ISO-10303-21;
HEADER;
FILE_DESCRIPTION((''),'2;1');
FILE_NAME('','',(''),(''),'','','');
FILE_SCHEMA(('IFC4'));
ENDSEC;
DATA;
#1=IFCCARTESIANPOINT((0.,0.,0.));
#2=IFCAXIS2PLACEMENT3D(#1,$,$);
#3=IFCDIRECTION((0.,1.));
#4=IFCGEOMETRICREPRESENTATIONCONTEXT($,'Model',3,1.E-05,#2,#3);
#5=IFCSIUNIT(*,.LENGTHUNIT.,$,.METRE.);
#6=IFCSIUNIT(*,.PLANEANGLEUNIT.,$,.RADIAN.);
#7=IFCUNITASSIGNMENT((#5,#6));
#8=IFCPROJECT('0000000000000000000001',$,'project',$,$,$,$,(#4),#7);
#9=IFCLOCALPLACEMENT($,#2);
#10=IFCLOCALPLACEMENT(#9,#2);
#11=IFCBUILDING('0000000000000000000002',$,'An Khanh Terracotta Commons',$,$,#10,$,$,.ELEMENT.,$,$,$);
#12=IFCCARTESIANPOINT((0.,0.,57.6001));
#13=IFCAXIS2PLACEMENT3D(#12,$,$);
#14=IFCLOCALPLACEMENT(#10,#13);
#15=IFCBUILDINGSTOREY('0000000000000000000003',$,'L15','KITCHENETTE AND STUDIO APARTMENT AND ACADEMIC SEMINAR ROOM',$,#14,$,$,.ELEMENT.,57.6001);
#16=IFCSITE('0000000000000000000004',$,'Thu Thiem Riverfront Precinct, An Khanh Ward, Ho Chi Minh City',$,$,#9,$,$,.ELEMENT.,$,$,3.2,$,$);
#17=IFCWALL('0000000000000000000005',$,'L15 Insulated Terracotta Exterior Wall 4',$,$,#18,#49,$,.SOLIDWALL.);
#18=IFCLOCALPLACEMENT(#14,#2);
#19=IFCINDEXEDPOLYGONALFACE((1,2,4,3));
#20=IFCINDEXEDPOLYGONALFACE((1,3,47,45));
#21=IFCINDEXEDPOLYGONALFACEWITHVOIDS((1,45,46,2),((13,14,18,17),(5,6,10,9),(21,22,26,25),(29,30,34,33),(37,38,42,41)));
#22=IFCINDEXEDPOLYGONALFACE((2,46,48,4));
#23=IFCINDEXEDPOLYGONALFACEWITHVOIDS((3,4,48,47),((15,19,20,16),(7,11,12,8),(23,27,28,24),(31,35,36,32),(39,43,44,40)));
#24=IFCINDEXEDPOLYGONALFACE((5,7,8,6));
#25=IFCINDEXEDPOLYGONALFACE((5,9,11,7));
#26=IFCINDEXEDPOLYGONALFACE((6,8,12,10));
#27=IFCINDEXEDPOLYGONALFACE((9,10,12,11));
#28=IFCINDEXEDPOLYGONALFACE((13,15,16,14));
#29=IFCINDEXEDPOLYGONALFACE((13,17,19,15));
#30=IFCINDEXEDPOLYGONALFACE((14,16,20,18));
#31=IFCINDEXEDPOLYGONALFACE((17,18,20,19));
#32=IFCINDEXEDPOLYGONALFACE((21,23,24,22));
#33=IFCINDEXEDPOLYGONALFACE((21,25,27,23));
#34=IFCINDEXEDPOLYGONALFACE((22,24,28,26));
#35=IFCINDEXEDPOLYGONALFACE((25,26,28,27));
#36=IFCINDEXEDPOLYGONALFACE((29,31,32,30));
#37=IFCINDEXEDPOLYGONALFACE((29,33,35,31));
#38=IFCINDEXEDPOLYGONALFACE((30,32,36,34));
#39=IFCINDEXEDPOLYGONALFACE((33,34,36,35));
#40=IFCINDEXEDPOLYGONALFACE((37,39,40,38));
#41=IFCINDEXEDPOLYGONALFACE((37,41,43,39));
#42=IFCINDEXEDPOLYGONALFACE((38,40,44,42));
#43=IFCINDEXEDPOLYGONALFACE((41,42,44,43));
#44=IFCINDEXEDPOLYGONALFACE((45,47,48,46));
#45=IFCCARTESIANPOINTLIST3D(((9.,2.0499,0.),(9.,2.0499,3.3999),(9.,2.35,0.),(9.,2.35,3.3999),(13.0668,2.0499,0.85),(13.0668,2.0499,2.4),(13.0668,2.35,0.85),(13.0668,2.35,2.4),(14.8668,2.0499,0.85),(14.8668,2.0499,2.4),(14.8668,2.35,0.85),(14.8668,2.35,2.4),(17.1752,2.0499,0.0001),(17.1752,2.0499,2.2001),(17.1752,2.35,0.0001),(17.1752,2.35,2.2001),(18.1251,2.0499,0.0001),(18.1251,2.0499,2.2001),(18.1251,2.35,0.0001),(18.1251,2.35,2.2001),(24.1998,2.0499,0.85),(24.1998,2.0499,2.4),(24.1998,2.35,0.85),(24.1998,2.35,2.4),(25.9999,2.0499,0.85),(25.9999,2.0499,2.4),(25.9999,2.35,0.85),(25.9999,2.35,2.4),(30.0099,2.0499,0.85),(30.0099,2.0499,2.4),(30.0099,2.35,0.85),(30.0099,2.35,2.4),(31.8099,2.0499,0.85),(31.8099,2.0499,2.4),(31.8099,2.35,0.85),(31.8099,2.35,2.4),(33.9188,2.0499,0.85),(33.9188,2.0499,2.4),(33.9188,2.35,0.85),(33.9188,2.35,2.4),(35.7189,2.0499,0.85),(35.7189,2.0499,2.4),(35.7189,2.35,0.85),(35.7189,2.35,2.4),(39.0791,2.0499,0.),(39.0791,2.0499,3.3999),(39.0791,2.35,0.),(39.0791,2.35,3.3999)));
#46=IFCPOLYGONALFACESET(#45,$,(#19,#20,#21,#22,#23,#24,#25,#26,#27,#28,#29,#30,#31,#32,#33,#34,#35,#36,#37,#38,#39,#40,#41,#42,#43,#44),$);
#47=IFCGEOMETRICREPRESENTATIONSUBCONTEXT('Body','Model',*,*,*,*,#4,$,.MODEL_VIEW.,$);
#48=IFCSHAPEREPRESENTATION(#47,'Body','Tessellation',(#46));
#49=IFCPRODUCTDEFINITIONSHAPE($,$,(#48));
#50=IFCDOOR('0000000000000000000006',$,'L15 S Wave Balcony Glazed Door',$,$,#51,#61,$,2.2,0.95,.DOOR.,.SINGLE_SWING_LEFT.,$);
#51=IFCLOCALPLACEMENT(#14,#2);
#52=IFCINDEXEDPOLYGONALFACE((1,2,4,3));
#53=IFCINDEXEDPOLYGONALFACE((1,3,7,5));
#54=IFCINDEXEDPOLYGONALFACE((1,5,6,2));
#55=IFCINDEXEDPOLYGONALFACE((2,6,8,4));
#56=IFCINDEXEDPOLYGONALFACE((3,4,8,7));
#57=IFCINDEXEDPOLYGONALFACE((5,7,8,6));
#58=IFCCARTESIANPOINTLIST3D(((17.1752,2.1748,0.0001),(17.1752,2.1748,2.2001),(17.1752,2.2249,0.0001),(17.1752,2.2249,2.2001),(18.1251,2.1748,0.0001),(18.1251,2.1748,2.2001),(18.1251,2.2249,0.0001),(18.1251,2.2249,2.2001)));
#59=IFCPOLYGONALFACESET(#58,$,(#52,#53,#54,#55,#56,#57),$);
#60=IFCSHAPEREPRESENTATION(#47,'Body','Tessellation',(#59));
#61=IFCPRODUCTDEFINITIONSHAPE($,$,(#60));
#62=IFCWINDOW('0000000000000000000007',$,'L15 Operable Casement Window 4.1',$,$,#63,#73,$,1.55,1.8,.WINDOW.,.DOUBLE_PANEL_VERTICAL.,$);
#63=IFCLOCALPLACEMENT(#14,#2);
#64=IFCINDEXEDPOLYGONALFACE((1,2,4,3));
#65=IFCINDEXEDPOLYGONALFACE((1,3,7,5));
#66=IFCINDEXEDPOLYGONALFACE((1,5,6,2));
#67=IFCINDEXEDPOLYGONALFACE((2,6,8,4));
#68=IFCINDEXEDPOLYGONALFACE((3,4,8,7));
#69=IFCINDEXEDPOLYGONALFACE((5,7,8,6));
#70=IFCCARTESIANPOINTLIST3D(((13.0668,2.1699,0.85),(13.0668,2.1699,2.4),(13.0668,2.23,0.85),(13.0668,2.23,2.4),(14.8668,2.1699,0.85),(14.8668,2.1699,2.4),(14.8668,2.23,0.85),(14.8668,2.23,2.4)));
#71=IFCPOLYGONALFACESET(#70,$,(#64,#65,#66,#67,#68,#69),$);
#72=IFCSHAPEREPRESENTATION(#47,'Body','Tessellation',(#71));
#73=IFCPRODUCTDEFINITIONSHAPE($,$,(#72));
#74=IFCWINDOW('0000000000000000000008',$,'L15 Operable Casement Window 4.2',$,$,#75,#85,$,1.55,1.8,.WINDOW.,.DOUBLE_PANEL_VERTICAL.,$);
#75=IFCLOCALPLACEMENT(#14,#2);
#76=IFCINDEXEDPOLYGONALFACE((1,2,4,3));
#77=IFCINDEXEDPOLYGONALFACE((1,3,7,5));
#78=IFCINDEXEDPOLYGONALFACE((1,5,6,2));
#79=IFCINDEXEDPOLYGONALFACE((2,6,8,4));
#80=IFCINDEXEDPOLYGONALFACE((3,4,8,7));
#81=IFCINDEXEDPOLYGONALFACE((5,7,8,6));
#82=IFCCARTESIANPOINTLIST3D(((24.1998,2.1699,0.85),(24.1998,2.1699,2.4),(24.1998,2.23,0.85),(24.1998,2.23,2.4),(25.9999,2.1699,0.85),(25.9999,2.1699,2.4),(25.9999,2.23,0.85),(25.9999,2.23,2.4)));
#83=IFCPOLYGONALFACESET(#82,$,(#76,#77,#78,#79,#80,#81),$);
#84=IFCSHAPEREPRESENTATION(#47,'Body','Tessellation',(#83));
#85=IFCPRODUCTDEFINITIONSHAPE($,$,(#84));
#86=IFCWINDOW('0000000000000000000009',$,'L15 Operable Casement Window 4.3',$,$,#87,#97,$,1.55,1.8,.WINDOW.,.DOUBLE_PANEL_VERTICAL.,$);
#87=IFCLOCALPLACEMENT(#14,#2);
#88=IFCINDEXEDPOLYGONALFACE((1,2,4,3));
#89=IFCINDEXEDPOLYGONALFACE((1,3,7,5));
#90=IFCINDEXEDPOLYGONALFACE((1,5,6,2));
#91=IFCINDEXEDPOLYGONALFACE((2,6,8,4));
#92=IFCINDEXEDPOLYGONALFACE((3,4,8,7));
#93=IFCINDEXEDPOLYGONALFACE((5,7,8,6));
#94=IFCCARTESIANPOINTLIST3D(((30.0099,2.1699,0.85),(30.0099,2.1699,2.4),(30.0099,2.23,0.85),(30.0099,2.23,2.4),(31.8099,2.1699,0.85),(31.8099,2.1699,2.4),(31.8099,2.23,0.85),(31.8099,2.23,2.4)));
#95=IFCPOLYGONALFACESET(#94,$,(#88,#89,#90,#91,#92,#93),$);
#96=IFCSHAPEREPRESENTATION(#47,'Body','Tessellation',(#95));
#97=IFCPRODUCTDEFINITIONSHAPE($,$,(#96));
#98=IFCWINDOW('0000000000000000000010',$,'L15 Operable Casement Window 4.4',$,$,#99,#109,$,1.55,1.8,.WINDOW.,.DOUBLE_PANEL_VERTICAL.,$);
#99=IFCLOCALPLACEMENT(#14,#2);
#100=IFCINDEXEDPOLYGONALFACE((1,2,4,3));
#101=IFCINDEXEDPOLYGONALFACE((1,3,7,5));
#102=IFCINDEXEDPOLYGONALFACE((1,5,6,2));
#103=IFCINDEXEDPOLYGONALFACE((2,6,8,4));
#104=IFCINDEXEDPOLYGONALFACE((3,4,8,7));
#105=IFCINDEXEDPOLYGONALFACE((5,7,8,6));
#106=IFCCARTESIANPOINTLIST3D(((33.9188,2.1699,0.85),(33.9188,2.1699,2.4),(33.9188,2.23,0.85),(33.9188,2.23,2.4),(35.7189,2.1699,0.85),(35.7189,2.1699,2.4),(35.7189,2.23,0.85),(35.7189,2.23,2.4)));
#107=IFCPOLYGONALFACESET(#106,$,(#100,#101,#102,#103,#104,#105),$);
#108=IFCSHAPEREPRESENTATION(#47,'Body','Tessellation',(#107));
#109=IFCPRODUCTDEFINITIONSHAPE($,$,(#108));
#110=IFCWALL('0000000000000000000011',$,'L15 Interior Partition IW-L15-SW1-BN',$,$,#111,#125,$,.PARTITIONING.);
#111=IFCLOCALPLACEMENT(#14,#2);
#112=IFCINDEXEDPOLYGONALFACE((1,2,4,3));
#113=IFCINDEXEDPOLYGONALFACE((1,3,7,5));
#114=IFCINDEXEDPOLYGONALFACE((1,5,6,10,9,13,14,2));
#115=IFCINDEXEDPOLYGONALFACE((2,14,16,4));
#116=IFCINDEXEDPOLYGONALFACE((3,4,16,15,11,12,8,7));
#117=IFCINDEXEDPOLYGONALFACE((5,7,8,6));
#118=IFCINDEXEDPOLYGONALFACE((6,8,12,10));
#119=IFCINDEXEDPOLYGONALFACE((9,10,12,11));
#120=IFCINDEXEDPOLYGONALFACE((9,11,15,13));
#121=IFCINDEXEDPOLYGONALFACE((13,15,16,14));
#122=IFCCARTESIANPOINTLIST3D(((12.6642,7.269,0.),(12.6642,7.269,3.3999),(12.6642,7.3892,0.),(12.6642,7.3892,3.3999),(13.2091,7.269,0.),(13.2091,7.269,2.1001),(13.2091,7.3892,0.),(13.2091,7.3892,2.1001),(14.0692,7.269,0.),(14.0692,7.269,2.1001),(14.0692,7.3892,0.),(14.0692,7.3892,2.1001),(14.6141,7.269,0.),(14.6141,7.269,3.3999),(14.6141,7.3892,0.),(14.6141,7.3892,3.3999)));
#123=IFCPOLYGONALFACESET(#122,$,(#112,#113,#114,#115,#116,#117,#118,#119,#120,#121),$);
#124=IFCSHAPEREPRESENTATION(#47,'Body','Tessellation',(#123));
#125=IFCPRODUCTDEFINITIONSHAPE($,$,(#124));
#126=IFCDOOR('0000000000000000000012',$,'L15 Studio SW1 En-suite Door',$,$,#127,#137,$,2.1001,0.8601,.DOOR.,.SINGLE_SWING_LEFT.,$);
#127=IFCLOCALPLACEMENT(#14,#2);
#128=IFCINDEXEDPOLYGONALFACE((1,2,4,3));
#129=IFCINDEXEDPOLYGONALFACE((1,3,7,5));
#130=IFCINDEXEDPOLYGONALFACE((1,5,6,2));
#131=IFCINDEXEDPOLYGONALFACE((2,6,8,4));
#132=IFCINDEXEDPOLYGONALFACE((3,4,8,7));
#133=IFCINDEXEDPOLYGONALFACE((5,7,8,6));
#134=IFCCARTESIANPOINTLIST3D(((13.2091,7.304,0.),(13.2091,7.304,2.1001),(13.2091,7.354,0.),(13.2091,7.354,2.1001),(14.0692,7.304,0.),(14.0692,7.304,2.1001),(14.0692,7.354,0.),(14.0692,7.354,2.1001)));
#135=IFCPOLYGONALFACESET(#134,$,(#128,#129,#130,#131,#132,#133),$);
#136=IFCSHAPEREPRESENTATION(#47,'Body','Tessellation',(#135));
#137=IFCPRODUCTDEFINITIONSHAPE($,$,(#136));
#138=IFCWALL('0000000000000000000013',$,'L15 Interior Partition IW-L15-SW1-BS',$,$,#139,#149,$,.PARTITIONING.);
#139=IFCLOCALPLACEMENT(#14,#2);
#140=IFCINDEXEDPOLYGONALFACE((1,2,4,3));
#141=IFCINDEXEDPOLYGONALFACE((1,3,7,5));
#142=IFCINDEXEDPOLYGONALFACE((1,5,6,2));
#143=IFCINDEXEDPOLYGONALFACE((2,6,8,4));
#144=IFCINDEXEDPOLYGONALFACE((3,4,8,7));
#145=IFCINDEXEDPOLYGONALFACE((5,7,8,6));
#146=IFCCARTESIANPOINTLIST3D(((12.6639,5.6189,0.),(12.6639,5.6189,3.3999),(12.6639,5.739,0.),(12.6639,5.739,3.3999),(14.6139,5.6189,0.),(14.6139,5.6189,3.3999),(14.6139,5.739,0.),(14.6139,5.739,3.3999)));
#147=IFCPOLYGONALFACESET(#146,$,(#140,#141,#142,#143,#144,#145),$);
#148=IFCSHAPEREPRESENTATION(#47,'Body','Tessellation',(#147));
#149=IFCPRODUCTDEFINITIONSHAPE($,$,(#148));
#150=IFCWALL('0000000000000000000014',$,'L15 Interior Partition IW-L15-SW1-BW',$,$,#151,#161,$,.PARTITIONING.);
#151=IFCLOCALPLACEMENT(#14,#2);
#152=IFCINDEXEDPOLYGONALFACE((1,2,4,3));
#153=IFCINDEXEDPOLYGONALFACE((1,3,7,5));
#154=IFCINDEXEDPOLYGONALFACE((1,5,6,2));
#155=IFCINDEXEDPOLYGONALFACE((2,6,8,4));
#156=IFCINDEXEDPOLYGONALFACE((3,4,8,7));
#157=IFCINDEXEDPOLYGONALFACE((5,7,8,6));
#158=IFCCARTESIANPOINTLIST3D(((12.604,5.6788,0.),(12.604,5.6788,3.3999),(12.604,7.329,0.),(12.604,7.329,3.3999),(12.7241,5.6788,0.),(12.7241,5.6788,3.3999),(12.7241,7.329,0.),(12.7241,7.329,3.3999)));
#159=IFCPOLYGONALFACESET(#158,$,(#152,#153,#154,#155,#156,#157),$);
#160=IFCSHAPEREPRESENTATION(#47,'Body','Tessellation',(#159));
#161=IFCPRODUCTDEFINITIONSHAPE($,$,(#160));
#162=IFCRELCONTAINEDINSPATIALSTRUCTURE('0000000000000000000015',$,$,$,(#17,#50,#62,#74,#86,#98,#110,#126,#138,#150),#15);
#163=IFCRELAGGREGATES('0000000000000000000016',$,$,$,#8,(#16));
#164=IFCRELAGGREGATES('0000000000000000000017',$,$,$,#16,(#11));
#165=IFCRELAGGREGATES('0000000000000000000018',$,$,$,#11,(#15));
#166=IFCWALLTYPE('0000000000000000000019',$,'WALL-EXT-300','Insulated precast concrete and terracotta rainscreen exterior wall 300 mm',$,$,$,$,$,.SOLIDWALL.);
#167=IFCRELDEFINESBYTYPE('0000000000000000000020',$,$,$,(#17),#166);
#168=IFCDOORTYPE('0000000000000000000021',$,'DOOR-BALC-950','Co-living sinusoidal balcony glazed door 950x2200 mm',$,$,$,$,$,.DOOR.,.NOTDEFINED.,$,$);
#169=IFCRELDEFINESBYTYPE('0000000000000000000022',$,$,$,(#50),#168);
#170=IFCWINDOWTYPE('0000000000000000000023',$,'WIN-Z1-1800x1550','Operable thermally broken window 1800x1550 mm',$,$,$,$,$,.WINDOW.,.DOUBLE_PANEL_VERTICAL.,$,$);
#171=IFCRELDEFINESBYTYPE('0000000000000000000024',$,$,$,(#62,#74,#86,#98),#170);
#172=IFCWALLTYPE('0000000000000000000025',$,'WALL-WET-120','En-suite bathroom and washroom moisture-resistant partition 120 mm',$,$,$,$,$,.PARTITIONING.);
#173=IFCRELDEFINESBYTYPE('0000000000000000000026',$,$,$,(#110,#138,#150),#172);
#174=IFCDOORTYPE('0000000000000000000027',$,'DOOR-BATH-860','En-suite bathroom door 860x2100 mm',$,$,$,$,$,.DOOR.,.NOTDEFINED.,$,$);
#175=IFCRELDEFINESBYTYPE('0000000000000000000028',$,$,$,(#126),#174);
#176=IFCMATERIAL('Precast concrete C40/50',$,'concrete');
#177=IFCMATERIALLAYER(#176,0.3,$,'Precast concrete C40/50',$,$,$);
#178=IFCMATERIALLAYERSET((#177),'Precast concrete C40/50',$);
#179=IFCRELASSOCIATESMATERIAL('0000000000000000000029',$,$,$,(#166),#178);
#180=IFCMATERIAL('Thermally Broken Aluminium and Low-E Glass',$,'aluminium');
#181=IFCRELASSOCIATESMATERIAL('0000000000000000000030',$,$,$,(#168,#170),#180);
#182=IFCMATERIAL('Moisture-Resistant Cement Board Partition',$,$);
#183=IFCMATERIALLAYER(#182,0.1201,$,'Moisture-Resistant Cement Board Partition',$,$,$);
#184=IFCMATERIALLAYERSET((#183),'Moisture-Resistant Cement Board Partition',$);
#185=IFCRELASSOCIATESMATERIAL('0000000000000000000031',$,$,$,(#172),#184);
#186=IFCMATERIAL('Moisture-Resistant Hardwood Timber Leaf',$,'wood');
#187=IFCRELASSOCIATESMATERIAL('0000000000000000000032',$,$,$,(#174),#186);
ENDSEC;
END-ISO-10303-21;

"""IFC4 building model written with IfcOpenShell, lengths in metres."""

from ifc_helpers import new_model, si_unit, direction, frame, frame_2d, origin, place, context, subcontext, project, spatial, rectangle, extrude, material, layer, layer_set, type_object, element, fill, save


model = new_model("IFC4")

# Units and contexts
model_context = context("Model", 3, precision=1e-05, world=origin(), true_north=direction((0.0, 1.0)))
body_context = subcontext(model_context, "Body", "Model", "MODEL_VIEW")
ifc_project = project(units=[si_unit("LENGTHUNIT", "METRE"), si_unit("PLANEANGLEUNIT", "RADIAN")], contexts=[model_context])

# Site, building, storey
site_placement = place(None, origin())
site = spatial("IfcSite", under=ifc_project, at=site_placement, Name="Thu Thiem Riverfront Precinct, An Khanh Ward, Ho Chi Minh City", CompositionType="ELEMENT", RefElevation=3.2)
building_placement = place(site_placement, origin())
building = spatial("IfcBuilding", under=site, at=building_placement, Name="An Khanh Terracotta Commons", CompositionType="ELEMENT")
storey_placement = place(building_placement, frame((0.0, 0.0, 57.6001)))
storey = spatial("IfcBuildingStorey", under=building, at=storey_placement, Name="L15", Description="KITCHENETTE AND STUDIO APARTMENT AND ACADEMIC SEMINAR ROOM", CompositionType="ELEMENT", Elevation=57.6001)

# Shared definitions
ifc_material_1 = material(Name="Precast concrete C40/50", Category="concrete")
ifc_layer_1 = layer(ifc_material_1, 0.3, Name="Precast concrete C40/50")
ifc_layer_set_1 = layer_set([ifc_layer_1], Name="Precast concrete C40/50")
wall_type_1 = type_object("IfcWallType", Name="WALL-EXT-300", Description="Insulated precast concrete and terracotta rainscreen exterior wall 300 mm", PredefinedType="SOLIDWALL", material=ifc_layer_set_1)

# Wall, openings, door, windows
wall_1_placement = place(storey_placement, frame((9.0, 2.2, 0.0), z_axis=(0.0, 0.0, 1.0), x_axis=(1.0, 0.0, 0.0)))
wall_1 = element("IfcWall", 1, at=wall_1_placement, inside=storey, type_object=wall_type_1, Name="L15 Insulated Terracotta Exterior Wall 4", PredefinedType="SOLIDWALL", context=body_context, shape_type="SweptSolid", body=[
    extrude(rectangle(XDim=30.0791, YDim=0.3, at=frame_2d((15.0396, 0.0))), origin(), (0.0, 0.0, 1.0), 3.3999),
])
opening_1_placement = place(wall_1_placement, frame((8.175, 0.0, 0.0)))
opening_1 = element("IfcOpeningElement", 2, at=opening_1_placement, cuts=wall_1, PredefinedType="OPENING", context=body_context, shape_type="SweptSolid", body=[
    extrude(rectangle(XDim=0.95, YDim=2.2, at=frame_2d((0.4751, 1.1001))), frame((0.0, 0.1599, 0.0), z_axis=(0.0, -1.0, 0.0), x_axis=(1.0, 0.0, 0.0)), (0.0, 0.0, 1.0), 0.3201),
])
opening_2_placement = place(wall_1_placement, frame((4.0669, 0.0, 0.8501)))
opening_2 = element("IfcOpeningElement", 3, at=opening_2_placement, cuts=wall_1, PredefinedType="OPENING", context=body_context, shape_type="SweptSolid", body=[
    extrude(rectangle(XDim=1.8, YDim=1.55, at=frame_2d((0.8999, 0.7749))), frame((0.0, 0.1599, 0.0), z_axis=(0.0, -1.0, 0.0), x_axis=(1.0, 0.0, 0.0)), (0.0, 0.0, 1.0), 0.3201),
])
opening_3_placement = place(wall_1_placement, frame((15.2, 0.0, 0.8501)))
opening_3 = element("IfcOpeningElement", 4, at=opening_3_placement, cuts=wall_1, PredefinedType="OPENING", context=body_context, shape_type="SweptSolid", body=[
    extrude(rectangle(XDim=1.8, YDim=1.55, at=frame_2d((0.8999, 0.7749))), frame((0.0, 0.1599, 0.0), z_axis=(0.0, -1.0, 0.0), x_axis=(1.0, 0.0, 0.0)), (0.0, 0.0, 1.0), 0.3201),
])
opening_4_placement = place(wall_1_placement, frame((21.01, 0.0, 0.8501)))
opening_4 = element("IfcOpeningElement", 5, at=opening_4_placement, cuts=wall_1, PredefinedType="OPENING", context=body_context, shape_type="SweptSolid", body=[
    extrude(rectangle(XDim=1.8, YDim=1.55, at=frame_2d((0.8999, 0.7749))), frame((0.0, 0.1599, 0.0), z_axis=(0.0, -1.0, 0.0), x_axis=(1.0, 0.0, 0.0)), (0.0, 0.0, 1.0), 0.3201),
])
opening_5_placement = place(wall_1_placement, frame((24.9189, 0.0, 0.8501)))
opening_5 = element("IfcOpeningElement", 6, at=opening_5_placement, cuts=wall_1, PredefinedType="OPENING", context=body_context, shape_type="SweptSolid", body=[
    extrude(rectangle(XDim=1.8, YDim=1.55, at=frame_2d((0.8999, 0.7749))), frame((0.0, 0.1599, 0.0), z_axis=(0.0, -1.0, 0.0), x_axis=(1.0, 0.0, 0.0)), (0.0, 0.0, 1.0), 0.3201),
])
ifc_material_2 = material(Name="Thermally Broken Aluminium and Low-E Glass", Category="aluminium")
door_type_1 = type_object("IfcDoorType", Name="DOOR-BALC-950", Description="Co-living sinusoidal balcony glazed door 950x2200 mm", OperationType="NOTDEFINED", PredefinedType="DOOR", material=ifc_material_2)
door_1_placement = place(opening_1_placement, origin())
door_1 = element("IfcDoor", 7, at=door_1_placement, inside=storey, type_object=door_type_1, Name="L15 S Wave Balcony Glazed Door", OperationType="SINGLE_SWING_LEFT", OverallHeight=2.2, OverallWidth=0.95, PredefinedType="DOOR", context=body_context, shape_type="SweptSolid", body=[
    extrude(rectangle(XDim=0.95, YDim=2.2, at=frame_2d((0.4751, 1.1001))), frame((0.0, 0.0249, 0.0), z_axis=(0.0, -1.0, 0.0), x_axis=(1.0, 0.0, 0.0)), (0.0, 0.0, 1.0), 0.05),
])
fill(opening_1, door_1)
window_type = type_object("IfcWindowType", Name="WIN-Z1-1800x1550", Description="Operable thermally broken window 1800x1550 mm", PartitioningType="DOUBLE_PANEL_VERTICAL", PredefinedType="WINDOW", material=ifc_material_2)
window_1_placement = place(opening_2_placement, origin())
window_1 = element("IfcWindow", 8, at=window_1_placement, inside=storey, type_object=window_type, Name="L15 Operable Casement Window 4.1", OverallHeight=1.55, OverallWidth=1.8, PartitioningType="DOUBLE_PANEL_VERTICAL", PredefinedType="WINDOW", context=body_context, shape_type="SweptSolid", body=[
    extrude(rectangle(XDim=1.8, YDim=1.55, at=frame_2d((0.8999, 0.7749))), frame((0.0, 0.03, 0.0), z_axis=(0.0, -1.0, 0.0), x_axis=(1.0, 0.0, 0.0)), (0.0, 0.0, 1.0), 0.0601),
])
fill(opening_2, window_1)
window_2_placement = place(opening_3_placement, origin())
window_2 = element("IfcWindow", 9, at=window_2_placement, inside=storey, type_object=window_type, Name="L15 Operable Casement Window 4.2", OverallHeight=1.55, OverallWidth=1.8, PartitioningType="DOUBLE_PANEL_VERTICAL", PredefinedType="WINDOW", context=body_context, shape_type="SweptSolid", body=[
    extrude(rectangle(XDim=1.8, YDim=1.55, at=frame_2d((0.8999, 0.7749))), frame((0.0, 0.03, 0.0), z_axis=(0.0, -1.0, 0.0), x_axis=(1.0, 0.0, 0.0)), (0.0, 0.0, 1.0), 0.0601),
])
fill(opening_3, window_2)
window_3_placement = place(opening_4_placement, origin())
window_3 = element("IfcWindow", 10, at=window_3_placement, inside=storey, type_object=window_type, Name="L15 Operable Casement Window 4.3", OverallHeight=1.55, OverallWidth=1.8, PartitioningType="DOUBLE_PANEL_VERTICAL", PredefinedType="WINDOW", context=body_context, shape_type="SweptSolid", body=[
    extrude(rectangle(XDim=1.8, YDim=1.55, at=frame_2d((0.8999, 0.7749))), frame((0.0, 0.03, 0.0), z_axis=(0.0, -1.0, 0.0), x_axis=(1.0, 0.0, 0.0)), (0.0, 0.0, 1.0), 0.0601),
])
fill(opening_4, window_3)
window_4_placement = place(opening_5_placement, origin())
window_4 = element("IfcWindow", 11, at=window_4_placement, inside=storey, type_object=window_type, Name="L15 Operable Casement Window 4.4", OverallHeight=1.55, OverallWidth=1.8, PartitioningType="DOUBLE_PANEL_VERTICAL", PredefinedType="WINDOW", context=body_context, shape_type="SweptSolid", body=[
    extrude(rectangle(XDim=1.8, YDim=1.55, at=frame_2d((0.8999, 0.7749))), frame((0.0, 0.03, 0.0), z_axis=(0.0, -1.0, 0.0), x_axis=(1.0, 0.0, 0.0)), (0.0, 0.0, 1.0), 0.0601),
])
fill(opening_5, window_4)

# Wall, opening, door
ifc_material_3 = material(Name="Moisture-Resistant Cement Board Partition")
ifc_layer_2 = layer(ifc_material_3, 0.1201, Name="Moisture-Resistant Cement Board Partition")
ifc_layer_set_2 = layer_set([ifc_layer_2], Name="Moisture-Resistant Cement Board Partition")
wall_type_2 = type_object("IfcWallType", Name="WALL-WET-120", Description="En-suite bathroom and washroom moisture-resistant partition 120 mm", PredefinedType="PARTITIONING", material=ifc_layer_set_2)
wall_2_placement = place(storey_placement, frame((12.6641, 7.3291, 0.0), z_axis=(0.0, 0.0, 1.0), x_axis=(1.0, 0.0, 0.0)))
wall_2 = element("IfcWall", 12, at=wall_2_placement, inside=storey, type_object=wall_type_2, Name="L15 Interior Partition IW-L15-SW1-BN", PredefinedType="PARTITIONING", context=body_context, shape_type="SweptSolid", body=[
    extrude(rectangle(XDim=1.95, YDim=0.1201, at=frame_2d((0.9751, 0.0))), origin(), (0.0, 0.0, 1.0), 3.3999),
])
opening_6_placement = place(wall_2_placement, frame((0.5449, 0.0, 0.0)))
opening_6 = element("IfcOpeningElement", 13, at=opening_6_placement, cuts=wall_2, PredefinedType="OPENING", context=body_context, shape_type="SweptSolid", body=[
    extrude(rectangle(XDim=0.8601, YDim=2.1001, at=frame_2d((0.4302, 1.05))), frame((0.0, 0.0701, 0.0), z_axis=(0.0, -1.0, 0.0), x_axis=(1.0, 0.0, 0.0)), (0.0, 0.0, 1.0), 0.1401),
])
ifc_material_4 = material(Name="Moisture-Resistant Hardwood Timber Leaf", Category="wood")
door_type_2 = type_object("IfcDoorType", Name="DOOR-BATH-860", Description="En-suite bathroom door 860x2100 mm", OperationType="NOTDEFINED", PredefinedType="DOOR", material=ifc_material_4)
door_2_placement = place(opening_6_placement, origin())
door_2 = element("IfcDoor", 14, at=door_2_placement, inside=storey, type_object=door_type_2, Name="L15 Studio SW1 En-suite Door", OperationType="SINGLE_SWING_LEFT", OverallHeight=2.1001, OverallWidth=0.8601, PredefinedType="DOOR", context=body_context, shape_type="SweptSolid", body=[
    extrude(rectangle(XDim=0.8601, YDim=2.1001, at=frame_2d((0.4302, 1.05))), frame((0.0, 0.0249, 0.0), z_axis=(0.0, -1.0, 0.0), x_axis=(1.0, 0.0, 0.0)), (0.0, 0.0, 1.0), 0.05),
])
fill(opening_6, door_2)

# Walls
wall_3_placement = place(storey_placement, frame((14.614, 5.679, 0.0), z_axis=(0.0, 0.0, 1.0), x_axis=(-1.0, 0.0, 0.0)))
element("IfcWall", 15, at=wall_3_placement, inside=storey, type_object=wall_type_2, Name="L15 Interior Partition IW-L15-SW1-BS", PredefinedType="PARTITIONING", context=body_context, shape_type="SweptSolid", body=[
    extrude(rectangle(XDim=1.95, YDim=0.1201, at=frame_2d((0.9751, 0.0))), origin(), (0.0, 0.0, 1.0), 3.3999),
])
for number, where, z_axis, x_axis, name in (
    (16, (12.6641, 7.3291, 0.0), (0.0, 0.0, 1.0), (0.0, -1.0, 0.0), "L15 Interior Partition IW-L15-SW1-BW"),
):
    element("IfcWall", number, at=place(storey_placement, frame(where, z_axis=z_axis, x_axis=x_axis)), inside=storey, type_object=wall_type_2, Name=name, PredefinedType="PARTITIONING", context=body_context, shape_type="SweptSolid", body=[
        extrude(rectangle(XDim=1.6501, YDim=0.1201, at=frame_2d((0.8252, 0.0))), origin(), (0.0, 0.0, 1.0), 3.3999),
    ])

save(model, "model.ifc")
